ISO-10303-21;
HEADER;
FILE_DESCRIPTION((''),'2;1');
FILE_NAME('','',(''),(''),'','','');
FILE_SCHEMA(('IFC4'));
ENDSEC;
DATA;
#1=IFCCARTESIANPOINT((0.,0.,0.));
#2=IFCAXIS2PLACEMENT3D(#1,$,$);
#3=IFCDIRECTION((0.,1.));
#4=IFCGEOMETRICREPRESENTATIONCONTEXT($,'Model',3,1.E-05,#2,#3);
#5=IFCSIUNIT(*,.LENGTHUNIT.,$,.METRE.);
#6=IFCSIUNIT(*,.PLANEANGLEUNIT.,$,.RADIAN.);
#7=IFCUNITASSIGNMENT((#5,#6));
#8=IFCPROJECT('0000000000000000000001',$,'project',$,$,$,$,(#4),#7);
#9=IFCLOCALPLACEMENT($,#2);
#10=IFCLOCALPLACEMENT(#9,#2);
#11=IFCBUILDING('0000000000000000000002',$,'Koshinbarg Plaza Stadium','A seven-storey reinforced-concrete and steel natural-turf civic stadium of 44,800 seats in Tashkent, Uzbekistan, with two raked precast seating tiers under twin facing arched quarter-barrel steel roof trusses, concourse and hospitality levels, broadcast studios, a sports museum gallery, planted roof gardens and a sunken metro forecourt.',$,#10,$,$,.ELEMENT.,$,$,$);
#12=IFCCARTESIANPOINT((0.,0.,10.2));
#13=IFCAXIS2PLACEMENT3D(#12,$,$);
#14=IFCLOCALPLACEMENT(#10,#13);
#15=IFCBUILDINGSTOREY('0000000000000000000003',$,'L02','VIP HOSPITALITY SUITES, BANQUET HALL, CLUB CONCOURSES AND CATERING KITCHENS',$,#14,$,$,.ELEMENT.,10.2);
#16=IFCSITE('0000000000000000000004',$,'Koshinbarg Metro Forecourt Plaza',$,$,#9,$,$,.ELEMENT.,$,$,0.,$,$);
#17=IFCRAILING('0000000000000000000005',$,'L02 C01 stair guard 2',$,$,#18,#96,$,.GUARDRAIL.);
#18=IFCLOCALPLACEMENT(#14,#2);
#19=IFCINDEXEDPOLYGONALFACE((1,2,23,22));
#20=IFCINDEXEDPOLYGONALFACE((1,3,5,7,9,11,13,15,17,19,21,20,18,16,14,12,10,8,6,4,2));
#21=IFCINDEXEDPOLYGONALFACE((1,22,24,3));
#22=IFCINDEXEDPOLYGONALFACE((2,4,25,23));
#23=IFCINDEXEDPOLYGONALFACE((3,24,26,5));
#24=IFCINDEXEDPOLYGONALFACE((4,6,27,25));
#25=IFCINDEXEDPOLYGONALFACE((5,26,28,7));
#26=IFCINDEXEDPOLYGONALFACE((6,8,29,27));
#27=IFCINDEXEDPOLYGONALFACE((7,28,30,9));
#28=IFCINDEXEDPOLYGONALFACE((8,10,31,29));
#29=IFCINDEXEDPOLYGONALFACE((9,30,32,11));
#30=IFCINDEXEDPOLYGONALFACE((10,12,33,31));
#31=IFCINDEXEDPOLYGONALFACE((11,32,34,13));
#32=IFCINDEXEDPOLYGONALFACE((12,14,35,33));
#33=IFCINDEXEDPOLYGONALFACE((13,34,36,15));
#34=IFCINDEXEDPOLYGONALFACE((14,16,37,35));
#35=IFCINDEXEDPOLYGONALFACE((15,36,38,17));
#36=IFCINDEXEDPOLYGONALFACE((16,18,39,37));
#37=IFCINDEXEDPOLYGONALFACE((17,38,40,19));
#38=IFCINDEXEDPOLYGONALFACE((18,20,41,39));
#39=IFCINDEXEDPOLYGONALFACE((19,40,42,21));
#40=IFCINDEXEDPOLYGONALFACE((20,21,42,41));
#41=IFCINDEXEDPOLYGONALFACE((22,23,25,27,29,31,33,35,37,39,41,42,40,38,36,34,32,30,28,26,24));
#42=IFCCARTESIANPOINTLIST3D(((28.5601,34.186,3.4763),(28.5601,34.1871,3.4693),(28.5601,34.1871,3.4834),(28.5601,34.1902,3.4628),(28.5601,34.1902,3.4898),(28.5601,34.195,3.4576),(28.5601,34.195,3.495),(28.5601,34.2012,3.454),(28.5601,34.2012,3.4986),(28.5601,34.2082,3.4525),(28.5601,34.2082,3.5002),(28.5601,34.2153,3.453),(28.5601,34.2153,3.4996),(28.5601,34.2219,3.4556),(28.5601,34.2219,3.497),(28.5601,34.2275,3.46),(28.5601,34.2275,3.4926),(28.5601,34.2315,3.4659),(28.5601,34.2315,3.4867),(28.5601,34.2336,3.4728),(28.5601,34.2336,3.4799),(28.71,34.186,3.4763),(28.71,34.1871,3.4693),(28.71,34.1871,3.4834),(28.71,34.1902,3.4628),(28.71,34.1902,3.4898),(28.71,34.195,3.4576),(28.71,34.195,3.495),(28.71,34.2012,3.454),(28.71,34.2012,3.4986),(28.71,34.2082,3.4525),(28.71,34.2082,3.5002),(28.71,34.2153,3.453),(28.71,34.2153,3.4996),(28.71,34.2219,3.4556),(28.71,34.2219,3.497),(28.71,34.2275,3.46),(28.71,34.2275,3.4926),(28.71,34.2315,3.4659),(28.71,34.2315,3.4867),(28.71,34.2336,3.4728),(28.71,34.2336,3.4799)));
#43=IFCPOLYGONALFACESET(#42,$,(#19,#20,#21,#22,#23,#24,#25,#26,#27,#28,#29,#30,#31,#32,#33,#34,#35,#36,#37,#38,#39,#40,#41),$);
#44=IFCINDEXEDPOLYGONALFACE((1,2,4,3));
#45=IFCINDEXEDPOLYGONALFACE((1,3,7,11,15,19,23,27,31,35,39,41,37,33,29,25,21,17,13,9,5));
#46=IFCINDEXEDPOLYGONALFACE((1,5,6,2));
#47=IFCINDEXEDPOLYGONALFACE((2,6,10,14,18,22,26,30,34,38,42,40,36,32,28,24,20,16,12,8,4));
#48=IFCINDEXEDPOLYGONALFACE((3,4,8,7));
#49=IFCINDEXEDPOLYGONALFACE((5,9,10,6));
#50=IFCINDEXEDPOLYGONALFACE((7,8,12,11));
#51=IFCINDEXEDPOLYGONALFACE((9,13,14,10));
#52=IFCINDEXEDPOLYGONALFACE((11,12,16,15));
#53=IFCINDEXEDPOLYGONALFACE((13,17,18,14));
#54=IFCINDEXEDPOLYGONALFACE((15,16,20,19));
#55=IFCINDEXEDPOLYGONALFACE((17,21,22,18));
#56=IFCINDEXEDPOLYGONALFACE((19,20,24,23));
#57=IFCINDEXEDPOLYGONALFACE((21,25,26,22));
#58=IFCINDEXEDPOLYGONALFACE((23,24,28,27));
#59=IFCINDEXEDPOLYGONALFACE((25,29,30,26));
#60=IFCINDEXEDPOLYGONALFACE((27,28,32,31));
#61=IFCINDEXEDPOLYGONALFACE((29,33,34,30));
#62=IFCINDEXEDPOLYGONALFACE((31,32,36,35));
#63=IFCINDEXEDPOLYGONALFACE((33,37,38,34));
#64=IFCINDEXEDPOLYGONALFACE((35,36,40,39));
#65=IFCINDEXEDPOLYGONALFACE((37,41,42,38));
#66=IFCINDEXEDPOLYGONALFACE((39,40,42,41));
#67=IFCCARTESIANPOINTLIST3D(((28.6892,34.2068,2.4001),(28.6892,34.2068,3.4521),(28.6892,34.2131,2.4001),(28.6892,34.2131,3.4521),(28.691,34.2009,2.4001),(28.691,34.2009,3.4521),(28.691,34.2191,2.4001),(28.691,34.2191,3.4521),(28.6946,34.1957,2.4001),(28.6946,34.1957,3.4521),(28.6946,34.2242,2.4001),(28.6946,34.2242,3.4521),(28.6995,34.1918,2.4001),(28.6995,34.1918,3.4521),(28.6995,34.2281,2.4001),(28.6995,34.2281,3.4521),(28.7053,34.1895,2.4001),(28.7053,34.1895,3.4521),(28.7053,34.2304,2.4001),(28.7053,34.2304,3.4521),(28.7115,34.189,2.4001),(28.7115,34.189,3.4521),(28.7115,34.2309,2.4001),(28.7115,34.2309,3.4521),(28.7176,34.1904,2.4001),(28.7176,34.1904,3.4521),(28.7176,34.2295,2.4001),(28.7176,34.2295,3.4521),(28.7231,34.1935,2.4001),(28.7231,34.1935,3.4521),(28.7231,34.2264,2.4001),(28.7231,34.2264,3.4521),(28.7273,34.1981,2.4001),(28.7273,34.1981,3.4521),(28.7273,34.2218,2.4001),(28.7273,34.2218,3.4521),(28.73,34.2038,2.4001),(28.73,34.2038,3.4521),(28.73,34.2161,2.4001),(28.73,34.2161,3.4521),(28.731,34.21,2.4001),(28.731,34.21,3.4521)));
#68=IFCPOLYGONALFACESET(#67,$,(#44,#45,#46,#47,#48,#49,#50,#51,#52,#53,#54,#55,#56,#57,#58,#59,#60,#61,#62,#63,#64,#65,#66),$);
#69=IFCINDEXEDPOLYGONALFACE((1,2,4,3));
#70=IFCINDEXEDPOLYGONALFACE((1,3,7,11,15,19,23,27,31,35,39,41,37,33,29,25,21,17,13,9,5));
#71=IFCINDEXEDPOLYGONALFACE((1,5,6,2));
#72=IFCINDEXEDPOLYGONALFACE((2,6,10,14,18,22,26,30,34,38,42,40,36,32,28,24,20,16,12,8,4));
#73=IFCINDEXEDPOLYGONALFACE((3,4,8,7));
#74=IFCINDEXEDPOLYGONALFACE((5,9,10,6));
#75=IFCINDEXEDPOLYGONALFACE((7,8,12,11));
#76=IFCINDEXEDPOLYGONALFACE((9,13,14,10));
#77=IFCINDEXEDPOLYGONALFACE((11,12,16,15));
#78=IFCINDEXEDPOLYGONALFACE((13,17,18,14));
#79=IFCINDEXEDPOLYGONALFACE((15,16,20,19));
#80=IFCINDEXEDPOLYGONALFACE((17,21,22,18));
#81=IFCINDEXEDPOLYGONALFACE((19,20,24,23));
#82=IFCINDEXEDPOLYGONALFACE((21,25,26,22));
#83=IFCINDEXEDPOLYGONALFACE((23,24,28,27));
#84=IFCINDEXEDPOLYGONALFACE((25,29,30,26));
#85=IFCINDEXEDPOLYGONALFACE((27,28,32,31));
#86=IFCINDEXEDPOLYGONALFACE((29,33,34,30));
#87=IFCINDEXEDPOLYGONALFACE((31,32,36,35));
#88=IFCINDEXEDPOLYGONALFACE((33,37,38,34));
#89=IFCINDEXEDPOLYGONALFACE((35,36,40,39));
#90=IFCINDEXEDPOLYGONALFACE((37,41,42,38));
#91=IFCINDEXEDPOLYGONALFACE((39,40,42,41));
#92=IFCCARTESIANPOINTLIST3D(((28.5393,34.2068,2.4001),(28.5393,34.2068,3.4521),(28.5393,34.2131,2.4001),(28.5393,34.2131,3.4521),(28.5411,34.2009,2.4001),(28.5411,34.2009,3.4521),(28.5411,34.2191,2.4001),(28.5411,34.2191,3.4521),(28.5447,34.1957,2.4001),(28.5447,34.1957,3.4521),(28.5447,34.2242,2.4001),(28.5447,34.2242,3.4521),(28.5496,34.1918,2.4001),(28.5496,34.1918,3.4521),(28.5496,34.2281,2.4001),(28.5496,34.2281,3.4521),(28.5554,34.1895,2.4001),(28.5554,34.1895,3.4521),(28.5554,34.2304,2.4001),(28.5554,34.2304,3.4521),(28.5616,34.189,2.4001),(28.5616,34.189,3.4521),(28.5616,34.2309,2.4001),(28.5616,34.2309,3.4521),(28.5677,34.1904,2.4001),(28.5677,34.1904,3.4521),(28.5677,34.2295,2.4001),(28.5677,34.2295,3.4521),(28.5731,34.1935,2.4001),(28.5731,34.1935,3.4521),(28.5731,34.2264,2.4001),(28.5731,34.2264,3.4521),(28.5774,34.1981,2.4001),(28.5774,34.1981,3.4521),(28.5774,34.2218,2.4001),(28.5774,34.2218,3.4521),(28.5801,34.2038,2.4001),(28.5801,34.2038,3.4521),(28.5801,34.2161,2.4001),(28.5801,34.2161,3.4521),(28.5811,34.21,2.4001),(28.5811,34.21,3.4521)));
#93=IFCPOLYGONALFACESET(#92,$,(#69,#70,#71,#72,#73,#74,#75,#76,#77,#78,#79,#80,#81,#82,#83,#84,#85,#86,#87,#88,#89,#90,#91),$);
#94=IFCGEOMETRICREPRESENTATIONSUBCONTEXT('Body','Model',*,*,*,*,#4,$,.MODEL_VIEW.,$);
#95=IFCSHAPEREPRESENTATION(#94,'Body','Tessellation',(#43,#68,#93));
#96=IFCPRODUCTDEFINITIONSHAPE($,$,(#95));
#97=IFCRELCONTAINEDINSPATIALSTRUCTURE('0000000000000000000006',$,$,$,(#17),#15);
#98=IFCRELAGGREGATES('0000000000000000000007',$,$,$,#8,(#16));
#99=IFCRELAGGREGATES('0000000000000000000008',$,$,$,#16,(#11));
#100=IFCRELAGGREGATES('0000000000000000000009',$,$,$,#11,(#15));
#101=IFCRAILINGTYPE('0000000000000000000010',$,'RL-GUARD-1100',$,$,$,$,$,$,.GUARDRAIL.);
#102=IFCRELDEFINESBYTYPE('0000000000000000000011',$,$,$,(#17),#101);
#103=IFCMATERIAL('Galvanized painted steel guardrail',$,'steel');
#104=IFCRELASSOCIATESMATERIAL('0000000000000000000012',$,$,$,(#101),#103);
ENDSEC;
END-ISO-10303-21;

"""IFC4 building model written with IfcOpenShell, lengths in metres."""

from ifc_helpers import new_model, si_unit, direction, frame, origin, origin_2d, place, context, subcontext, project, spatial, circle, extrude, material, type_object, element, save


model = new_model("IFC4")

# Units and contexts
model_context = context("Model", 3, precision=1e-05, world=origin(), true_north=direction((0.0, 1.0)))
body_context = subcontext(model_context, "Body", "Model", "MODEL_VIEW")
ifc_project = project(units=[si_unit("LENGTHUNIT", "METRE"), si_unit("PLANEANGLEUNIT", "RADIAN")], contexts=[model_context])

# Site, building, storey
site_placement = place(None, origin())
site = spatial("IfcSite", under=ifc_project, at=site_placement, Name="Koshinbarg Metro Forecourt Plaza", CompositionType="ELEMENT", RefElevation=0.0)
building_placement = place(site_placement, origin())
building = spatial("IfcBuilding", under=site, at=building_placement, Name="Koshinbarg Plaza Stadium", Description="A seven-storey reinforced-concrete and steel natural-turf civic stadium of 44,800 seats in Tashkent, Uzbekistan, with two raked precast seating tiers under twin facing arched quarter-barrel steel roof trusses, concourse and hospitality levels, broadcast studios, a sports museum gallery, planted roof gardens and a sunken metro forecourt.", CompositionType="ELEMENT")
storey_placement = place(building_placement, frame((0.0, 0.0, 10.2)))
storey = spatial("IfcBuildingStorey", under=building, at=storey_placement, Name="L02", Description="VIP HOSPITALITY SUITES, BANQUET HALL, CLUB CONCOURSES AND CATERING KITCHENS", CompositionType="ELEMENT", Elevation=10.2)

# Railing
ifc_material_1 = material(Name="Galvanized painted steel guardrail", Category="steel")
railing_type_1 = type_object("IfcRailingType", Name="RL-GUARD-1100", PredefinedType="GUARDRAIL", material=ifc_material_1)
railing_1_placement = place(storey_placement, frame((28.71, 34.21, 2.4001)))
element("IfcRailing", 1, at=railing_1_placement, inside=storey, type_object=railing_type_1, Name="L02 C01 stair guard 2", PredefinedType="GUARDRAIL", context=body_context, shape_type="SweptSolid", body=[
    extrude(circle(Radius=0.0239, at=origin_2d()), frame((0.0, 0.0, 1.0762), z_axis=(-1.0, 0.0, 0.0), x_axis=(0.0, -1.0, 0.0)), (0.0, 0.0, 1.0), 0.1499),
    extrude(circle(Radius=0.021, at=origin_2d()), origin(), (0.0, 0.0, 1.0), 1.052),
    extrude(circle(Radius=0.021, at=origin_2d()), frame((-0.1499, 0.0, 0.0)), (0.0, 0.0, 1.0), 1.052),
])

save(model, "model.ifc")
